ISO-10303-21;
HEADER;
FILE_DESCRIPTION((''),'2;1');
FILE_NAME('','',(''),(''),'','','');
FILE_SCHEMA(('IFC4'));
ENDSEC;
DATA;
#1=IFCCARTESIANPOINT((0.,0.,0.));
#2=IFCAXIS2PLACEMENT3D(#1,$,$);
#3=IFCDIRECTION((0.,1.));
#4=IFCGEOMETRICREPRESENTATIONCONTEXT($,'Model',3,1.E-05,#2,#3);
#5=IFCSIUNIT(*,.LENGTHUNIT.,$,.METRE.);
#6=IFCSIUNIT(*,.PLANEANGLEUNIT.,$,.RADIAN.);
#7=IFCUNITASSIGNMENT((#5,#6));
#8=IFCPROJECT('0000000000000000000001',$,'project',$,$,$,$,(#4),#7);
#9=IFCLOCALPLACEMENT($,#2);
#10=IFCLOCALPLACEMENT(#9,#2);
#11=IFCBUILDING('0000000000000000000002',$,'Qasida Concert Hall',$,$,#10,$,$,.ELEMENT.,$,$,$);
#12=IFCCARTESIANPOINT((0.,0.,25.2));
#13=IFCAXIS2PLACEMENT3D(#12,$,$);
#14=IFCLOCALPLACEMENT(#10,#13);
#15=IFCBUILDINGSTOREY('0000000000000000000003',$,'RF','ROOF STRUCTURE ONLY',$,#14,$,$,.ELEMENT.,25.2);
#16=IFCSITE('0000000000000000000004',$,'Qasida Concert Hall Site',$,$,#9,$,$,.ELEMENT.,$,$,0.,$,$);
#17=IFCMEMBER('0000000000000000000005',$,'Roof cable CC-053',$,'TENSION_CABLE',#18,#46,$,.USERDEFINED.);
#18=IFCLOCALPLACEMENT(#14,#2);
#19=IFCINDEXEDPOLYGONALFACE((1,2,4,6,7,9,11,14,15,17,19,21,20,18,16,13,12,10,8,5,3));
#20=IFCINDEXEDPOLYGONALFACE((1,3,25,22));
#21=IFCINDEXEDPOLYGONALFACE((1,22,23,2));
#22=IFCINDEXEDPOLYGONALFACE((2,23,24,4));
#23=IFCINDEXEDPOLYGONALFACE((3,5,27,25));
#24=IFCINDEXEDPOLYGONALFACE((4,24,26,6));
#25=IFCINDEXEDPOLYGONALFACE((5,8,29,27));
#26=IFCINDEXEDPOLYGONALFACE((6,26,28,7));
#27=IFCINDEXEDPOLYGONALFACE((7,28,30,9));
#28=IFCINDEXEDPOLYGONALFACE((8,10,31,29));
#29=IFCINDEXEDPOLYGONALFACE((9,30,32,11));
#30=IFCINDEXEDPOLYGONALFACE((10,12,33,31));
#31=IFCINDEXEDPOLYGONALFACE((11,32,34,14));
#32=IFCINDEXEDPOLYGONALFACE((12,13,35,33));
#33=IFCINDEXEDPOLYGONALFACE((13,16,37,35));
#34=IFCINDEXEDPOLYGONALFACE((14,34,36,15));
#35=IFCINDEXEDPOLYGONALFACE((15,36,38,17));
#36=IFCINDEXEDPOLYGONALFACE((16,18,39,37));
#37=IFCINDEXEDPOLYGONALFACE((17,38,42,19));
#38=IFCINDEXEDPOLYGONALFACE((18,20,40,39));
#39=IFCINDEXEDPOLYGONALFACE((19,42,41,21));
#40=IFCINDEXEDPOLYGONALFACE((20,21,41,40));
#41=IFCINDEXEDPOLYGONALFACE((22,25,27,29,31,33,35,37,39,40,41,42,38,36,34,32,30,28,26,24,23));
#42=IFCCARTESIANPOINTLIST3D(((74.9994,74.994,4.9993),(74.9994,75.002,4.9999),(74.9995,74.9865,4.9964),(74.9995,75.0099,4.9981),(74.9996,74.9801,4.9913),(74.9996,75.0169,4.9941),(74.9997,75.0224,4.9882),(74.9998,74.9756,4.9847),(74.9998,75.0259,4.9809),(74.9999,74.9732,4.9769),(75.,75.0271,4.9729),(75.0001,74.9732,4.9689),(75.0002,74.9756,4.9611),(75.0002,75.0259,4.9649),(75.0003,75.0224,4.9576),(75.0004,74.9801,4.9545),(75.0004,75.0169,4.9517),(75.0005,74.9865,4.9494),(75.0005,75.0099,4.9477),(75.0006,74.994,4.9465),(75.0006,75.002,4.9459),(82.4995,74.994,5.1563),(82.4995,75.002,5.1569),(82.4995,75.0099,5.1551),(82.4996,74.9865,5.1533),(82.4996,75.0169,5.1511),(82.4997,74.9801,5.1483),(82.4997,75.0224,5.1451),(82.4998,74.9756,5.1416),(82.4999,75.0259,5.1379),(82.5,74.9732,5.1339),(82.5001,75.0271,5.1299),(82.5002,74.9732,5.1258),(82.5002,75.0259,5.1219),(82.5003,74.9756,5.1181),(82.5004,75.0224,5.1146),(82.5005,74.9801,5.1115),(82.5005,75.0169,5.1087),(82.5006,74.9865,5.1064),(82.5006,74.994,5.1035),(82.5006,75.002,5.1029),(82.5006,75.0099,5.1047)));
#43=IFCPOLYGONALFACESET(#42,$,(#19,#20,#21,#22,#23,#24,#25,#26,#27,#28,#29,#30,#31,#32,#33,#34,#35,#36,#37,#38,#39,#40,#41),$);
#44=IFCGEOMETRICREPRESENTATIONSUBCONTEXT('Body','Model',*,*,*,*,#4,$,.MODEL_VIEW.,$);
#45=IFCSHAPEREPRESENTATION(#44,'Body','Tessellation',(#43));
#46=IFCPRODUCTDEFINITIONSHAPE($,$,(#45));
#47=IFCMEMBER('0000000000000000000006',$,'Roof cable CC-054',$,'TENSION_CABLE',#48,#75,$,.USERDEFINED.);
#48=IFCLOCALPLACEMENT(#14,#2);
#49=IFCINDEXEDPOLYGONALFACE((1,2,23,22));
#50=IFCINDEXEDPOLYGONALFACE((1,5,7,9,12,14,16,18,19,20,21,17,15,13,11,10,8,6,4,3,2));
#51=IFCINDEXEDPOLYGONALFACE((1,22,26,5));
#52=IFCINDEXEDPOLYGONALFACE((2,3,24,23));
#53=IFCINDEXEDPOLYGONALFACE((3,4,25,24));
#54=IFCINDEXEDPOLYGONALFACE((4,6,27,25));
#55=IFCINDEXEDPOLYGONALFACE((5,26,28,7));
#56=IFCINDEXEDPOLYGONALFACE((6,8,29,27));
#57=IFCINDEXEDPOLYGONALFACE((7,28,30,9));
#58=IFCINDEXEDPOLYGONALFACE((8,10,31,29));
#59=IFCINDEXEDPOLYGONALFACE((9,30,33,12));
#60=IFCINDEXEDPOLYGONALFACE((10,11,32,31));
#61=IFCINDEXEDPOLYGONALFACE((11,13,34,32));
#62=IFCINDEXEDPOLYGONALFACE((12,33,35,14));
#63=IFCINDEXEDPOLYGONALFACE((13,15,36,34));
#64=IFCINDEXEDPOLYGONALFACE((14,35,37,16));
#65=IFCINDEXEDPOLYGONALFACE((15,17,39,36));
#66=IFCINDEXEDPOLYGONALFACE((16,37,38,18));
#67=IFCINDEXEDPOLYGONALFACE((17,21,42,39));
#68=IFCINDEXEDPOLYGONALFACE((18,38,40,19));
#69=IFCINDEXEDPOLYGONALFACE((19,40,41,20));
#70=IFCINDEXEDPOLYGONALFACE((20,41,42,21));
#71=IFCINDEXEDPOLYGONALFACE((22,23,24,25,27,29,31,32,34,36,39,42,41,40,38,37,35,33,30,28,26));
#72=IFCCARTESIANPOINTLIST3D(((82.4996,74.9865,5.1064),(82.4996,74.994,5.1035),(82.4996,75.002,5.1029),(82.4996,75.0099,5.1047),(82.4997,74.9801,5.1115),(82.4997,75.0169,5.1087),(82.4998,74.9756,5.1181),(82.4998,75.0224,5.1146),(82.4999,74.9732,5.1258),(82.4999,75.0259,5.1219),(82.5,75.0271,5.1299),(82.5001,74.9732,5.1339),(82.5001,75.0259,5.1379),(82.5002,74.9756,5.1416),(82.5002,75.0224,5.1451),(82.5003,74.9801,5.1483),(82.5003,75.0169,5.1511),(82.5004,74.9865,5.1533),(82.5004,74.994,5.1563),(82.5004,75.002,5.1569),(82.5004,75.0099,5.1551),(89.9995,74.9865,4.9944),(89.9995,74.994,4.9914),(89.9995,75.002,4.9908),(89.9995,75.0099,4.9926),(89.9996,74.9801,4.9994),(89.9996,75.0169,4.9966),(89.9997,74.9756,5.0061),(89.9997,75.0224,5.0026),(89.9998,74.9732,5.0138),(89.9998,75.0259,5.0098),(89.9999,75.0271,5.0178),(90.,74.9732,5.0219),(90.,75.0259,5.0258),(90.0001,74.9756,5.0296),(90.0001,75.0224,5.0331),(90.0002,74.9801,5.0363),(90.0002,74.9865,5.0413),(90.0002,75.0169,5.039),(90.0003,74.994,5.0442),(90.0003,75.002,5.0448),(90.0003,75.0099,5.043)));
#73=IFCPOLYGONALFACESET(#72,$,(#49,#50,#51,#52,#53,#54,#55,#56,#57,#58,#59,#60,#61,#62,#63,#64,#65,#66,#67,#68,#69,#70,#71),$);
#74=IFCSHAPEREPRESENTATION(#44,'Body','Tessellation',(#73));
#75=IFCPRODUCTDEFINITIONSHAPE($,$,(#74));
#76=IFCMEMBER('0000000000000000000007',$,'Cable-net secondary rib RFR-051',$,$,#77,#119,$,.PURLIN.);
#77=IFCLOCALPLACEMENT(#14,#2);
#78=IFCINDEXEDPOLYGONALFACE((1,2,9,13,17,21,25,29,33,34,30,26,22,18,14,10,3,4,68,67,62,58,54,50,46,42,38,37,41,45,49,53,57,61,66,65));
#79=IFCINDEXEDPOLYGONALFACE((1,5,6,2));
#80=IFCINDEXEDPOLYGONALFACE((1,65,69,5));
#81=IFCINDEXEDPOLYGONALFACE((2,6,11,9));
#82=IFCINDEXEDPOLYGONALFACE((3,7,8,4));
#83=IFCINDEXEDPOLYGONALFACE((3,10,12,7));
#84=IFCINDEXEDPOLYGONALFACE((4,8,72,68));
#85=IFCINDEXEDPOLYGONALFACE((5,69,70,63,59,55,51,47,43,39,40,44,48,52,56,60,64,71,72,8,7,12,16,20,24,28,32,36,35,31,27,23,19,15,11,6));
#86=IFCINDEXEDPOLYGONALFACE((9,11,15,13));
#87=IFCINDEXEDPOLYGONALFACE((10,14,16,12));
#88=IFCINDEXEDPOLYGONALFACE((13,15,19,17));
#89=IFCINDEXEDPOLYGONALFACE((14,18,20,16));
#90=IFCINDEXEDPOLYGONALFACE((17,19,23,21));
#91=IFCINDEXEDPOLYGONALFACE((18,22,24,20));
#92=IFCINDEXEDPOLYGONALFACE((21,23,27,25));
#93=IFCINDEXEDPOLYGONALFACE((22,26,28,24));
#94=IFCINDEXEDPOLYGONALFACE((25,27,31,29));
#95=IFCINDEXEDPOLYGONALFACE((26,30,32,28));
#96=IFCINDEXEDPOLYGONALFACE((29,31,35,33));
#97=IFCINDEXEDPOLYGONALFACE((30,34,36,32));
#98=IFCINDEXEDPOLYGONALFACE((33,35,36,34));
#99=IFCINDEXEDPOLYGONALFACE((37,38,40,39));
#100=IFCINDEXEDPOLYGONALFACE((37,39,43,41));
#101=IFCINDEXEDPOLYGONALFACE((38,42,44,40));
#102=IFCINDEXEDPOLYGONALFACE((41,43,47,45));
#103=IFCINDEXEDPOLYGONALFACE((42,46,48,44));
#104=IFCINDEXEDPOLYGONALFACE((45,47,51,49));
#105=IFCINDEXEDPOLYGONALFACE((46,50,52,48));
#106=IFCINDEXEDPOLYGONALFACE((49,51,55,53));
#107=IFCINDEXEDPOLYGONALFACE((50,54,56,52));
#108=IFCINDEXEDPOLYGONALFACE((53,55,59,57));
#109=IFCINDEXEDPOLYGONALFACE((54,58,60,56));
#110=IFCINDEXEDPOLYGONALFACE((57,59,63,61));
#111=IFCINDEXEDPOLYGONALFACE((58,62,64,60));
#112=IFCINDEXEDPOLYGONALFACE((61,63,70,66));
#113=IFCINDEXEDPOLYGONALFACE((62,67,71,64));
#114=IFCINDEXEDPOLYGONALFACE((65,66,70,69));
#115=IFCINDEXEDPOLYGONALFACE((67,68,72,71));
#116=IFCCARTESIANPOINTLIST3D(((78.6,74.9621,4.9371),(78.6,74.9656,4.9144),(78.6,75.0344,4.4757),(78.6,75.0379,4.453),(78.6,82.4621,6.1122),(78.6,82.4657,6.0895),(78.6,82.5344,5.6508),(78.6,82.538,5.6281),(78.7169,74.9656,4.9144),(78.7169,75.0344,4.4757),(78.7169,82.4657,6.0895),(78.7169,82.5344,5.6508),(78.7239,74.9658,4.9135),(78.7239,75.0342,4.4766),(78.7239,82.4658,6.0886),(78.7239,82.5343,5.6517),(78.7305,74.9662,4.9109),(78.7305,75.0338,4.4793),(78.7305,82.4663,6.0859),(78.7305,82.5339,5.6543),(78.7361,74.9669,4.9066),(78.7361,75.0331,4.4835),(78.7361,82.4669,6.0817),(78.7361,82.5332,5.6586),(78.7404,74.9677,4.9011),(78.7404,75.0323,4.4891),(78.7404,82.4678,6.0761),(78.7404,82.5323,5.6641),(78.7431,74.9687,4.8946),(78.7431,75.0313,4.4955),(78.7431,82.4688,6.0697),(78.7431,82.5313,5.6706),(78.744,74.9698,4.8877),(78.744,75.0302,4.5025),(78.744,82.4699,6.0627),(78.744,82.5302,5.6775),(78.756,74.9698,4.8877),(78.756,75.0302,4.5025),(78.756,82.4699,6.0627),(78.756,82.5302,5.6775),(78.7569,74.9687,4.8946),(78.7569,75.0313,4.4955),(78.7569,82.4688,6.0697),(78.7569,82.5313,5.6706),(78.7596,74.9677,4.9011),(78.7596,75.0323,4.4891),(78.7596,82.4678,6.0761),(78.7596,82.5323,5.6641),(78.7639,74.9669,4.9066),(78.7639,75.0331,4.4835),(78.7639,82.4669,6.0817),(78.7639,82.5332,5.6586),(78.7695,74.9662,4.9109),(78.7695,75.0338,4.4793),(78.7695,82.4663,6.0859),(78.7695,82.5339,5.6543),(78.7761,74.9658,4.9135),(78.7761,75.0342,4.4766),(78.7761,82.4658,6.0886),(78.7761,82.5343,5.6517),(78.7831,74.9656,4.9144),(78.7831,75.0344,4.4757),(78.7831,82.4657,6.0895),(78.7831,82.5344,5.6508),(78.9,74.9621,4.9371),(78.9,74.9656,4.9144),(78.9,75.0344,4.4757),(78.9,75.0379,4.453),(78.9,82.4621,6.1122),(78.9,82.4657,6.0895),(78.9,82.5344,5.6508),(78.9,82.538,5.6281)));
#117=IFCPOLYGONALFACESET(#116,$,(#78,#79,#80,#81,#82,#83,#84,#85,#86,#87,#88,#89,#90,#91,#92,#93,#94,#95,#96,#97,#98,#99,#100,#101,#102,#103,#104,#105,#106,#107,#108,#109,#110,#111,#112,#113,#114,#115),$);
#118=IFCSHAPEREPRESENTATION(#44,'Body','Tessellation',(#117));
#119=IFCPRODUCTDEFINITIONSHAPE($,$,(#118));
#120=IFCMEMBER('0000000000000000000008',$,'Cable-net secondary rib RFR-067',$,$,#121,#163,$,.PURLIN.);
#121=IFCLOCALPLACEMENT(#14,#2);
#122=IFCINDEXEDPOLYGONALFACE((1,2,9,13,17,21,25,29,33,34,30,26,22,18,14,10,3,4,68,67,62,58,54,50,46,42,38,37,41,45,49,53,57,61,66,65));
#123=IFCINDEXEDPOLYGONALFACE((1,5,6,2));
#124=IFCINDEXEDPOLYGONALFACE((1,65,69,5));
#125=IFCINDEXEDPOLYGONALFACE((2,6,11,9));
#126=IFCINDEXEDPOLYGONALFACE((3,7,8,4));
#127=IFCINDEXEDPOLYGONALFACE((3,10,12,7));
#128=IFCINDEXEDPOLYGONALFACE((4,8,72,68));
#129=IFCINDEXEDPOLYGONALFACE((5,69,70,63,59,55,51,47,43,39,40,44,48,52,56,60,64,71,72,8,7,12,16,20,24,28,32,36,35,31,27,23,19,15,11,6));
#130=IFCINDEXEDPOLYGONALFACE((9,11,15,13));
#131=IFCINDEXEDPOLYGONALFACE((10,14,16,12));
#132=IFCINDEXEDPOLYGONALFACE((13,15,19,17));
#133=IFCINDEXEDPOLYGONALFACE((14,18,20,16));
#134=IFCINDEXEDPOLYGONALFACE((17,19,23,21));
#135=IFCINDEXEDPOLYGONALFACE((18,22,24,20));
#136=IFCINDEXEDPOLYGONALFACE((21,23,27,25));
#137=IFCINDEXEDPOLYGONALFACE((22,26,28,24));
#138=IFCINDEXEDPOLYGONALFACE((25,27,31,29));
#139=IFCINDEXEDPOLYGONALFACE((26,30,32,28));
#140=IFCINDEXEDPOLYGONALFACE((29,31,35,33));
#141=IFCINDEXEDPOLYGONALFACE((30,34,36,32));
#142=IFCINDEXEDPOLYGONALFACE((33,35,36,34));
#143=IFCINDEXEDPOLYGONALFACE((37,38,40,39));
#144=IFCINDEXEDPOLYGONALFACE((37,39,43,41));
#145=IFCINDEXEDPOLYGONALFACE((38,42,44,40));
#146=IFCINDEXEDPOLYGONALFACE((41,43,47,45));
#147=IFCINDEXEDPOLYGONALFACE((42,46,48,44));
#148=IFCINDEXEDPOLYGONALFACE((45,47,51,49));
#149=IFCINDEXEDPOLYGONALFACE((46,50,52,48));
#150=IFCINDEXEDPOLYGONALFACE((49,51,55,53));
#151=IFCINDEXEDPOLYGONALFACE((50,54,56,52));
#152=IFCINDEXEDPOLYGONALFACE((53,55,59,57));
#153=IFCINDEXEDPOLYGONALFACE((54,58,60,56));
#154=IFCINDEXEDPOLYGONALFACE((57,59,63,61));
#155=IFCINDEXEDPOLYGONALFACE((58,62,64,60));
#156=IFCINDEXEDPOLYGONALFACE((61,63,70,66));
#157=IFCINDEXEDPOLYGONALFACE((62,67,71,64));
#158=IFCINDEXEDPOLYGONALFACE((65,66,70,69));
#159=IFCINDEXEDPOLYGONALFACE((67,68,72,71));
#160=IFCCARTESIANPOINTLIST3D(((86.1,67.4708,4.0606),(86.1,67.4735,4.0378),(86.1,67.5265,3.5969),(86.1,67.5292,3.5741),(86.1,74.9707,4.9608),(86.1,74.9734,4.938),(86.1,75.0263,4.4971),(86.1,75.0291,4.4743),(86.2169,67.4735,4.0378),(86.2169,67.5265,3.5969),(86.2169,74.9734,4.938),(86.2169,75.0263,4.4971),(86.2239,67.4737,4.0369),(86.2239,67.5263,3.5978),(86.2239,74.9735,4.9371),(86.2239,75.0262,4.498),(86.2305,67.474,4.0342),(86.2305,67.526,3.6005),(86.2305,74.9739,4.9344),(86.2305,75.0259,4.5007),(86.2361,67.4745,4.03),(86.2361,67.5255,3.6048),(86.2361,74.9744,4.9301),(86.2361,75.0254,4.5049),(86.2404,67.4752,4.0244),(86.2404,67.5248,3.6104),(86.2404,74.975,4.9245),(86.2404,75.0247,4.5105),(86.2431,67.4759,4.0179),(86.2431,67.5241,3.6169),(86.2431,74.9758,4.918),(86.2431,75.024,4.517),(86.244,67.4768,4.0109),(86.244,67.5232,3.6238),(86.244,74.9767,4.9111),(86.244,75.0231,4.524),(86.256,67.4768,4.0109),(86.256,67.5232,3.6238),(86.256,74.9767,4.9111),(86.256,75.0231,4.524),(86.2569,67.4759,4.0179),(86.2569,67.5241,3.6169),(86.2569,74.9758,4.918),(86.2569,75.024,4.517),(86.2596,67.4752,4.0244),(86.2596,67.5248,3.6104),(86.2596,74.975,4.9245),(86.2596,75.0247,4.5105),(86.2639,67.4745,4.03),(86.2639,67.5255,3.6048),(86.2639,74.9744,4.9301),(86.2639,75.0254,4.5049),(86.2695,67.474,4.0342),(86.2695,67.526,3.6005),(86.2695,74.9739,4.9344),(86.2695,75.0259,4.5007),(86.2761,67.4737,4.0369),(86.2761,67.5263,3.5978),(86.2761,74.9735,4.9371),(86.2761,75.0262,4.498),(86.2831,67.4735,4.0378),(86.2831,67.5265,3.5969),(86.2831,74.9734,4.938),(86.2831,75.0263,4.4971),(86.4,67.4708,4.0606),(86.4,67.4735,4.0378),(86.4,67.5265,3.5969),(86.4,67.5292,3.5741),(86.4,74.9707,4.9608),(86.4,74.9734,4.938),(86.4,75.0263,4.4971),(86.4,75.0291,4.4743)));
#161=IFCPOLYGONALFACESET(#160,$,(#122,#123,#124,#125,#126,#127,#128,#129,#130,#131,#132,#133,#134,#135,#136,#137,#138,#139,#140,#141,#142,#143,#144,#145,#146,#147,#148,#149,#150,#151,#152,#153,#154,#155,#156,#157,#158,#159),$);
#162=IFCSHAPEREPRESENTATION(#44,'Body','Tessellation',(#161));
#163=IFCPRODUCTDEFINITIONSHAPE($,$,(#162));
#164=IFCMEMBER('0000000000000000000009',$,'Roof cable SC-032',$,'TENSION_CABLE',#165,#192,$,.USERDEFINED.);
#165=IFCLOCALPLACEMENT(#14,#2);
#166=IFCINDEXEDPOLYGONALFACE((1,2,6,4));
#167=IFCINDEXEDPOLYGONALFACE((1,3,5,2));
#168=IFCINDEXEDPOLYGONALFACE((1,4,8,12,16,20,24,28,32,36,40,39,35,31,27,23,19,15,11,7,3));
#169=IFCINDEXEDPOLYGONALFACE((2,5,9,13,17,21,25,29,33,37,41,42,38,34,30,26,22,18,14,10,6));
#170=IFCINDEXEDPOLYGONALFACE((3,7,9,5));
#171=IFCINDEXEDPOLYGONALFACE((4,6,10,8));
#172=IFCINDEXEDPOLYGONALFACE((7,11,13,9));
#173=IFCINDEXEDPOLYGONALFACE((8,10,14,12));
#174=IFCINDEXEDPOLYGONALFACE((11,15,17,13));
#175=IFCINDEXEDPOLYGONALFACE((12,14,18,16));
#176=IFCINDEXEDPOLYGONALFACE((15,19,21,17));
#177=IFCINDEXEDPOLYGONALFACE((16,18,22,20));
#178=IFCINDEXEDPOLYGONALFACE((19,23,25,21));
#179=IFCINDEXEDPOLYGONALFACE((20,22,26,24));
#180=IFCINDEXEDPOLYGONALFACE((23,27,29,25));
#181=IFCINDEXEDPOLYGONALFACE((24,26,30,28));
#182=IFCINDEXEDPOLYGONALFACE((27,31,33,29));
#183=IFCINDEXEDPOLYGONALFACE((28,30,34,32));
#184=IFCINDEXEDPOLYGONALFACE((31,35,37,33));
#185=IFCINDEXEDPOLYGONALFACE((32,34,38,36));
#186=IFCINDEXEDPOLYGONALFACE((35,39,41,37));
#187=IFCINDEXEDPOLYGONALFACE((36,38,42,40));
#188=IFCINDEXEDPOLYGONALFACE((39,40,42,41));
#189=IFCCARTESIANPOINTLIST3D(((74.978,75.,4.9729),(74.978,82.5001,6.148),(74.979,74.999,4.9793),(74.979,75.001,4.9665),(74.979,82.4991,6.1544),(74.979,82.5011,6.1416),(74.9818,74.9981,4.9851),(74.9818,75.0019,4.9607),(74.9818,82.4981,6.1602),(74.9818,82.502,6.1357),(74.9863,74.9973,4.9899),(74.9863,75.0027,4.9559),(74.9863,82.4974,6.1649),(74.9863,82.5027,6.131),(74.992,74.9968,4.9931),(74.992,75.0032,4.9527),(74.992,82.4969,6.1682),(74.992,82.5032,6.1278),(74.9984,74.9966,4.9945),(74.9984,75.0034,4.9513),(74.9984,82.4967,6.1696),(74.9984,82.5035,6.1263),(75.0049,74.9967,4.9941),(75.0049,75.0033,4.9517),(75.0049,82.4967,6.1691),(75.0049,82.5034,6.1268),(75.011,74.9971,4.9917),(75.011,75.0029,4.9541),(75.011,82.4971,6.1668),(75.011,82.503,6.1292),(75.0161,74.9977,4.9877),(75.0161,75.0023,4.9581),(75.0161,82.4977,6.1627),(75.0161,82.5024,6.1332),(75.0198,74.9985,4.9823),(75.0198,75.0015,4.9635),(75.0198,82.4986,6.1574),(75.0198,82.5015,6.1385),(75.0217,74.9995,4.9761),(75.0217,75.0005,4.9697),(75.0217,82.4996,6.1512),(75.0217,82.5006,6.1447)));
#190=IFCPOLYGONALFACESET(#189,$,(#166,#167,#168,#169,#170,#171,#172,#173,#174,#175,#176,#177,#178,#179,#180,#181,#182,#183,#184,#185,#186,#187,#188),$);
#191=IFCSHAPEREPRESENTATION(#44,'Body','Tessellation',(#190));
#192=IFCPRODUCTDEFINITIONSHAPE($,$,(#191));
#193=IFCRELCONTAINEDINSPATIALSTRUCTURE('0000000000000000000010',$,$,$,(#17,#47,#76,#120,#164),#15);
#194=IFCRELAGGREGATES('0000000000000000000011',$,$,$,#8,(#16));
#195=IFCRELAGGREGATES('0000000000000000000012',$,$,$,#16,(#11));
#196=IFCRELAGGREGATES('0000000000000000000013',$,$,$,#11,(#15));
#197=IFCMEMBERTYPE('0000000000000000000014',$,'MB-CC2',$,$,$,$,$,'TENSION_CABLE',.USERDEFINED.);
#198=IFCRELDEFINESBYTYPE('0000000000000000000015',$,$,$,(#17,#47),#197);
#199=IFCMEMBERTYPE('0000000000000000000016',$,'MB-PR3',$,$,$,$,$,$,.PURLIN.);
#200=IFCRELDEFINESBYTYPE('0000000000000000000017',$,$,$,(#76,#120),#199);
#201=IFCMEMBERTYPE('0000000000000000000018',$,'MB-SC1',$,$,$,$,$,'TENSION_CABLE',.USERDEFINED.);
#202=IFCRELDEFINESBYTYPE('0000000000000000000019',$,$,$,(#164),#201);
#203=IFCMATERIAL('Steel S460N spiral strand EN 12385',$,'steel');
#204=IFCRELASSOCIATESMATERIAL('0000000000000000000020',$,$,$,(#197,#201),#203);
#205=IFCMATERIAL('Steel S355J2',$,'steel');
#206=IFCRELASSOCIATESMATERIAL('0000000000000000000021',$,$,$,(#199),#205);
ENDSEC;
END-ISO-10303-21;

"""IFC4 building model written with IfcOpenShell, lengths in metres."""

from ifc_helpers import new_model, si_unit, direction, frame, origin, origin_2d, place, context, subcontext, project, spatial, circle, i_section, extrude, material, material_profile, profile_set, type_object, element, save


model = new_model("IFC4")

# Units and contexts
model_context = context("Model", 3, precision=1e-05, world=origin(), true_north=direction((0.0, 1.0)))
body_context = subcontext(model_context, "Body", "Model", "MODEL_VIEW")
ifc_project = project(units=[si_unit("LENGTHUNIT", "METRE"), si_unit("PLANEANGLEUNIT", "RADIAN")], contexts=[model_context])

# Site, building, storey
site_placement = place(None, origin())
site = spatial("IfcSite", under=ifc_project, at=site_placement, Name="Qasida Concert Hall Site", CompositionType="ELEMENT", RefElevation=0.0)
building_placement = place(site_placement, origin())
building = spatial("IfcBuilding", under=site, at=building_placement, Name="Qasida Concert Hall", CompositionType="ELEMENT")
storey_placement = place(building_placement, frame((0.0, 0.0, 25.2)))
storey = spatial("IfcBuildingStorey", under=building, at=storey_placement, Name="RF", Description="ROOF STRUCTURE ONLY", CompositionType="ELEMENT", Elevation=25.2)

# Members
ifc_material_1 = material(Name="Steel S460N spiral strand EN 12385", Category="steel")
ifc_material_profile_1 = material_profile(ifc_material_1, circle(Radius=0.0271, at=origin_2d()), Name="STRAND D54")
ifc_profile_set_1 = profile_set([ifc_material_profile_1], Name="Steel S460N spiral strand EN 12385")
member_type_1 = type_object("IfcMemberType", Name="MB-CC2", ElementType="TENSION_CABLE", PredefinedType="USERDEFINED", material=ifc_profile_set_1)
member_1_placement = place(storey_placement, frame((75.0, 75.0, 4.9729), z_axis=(0.999781, 0.0, 0.020926), x_axis=(0.0, 1.0, 0.0)))
element("IfcMember", 1, at=member_1_placement, inside=storey, type_object=member_type_1, Name="Roof cable CC-053", ObjectType="TENSION_CABLE", PredefinedType="USERDEFINED", context=body_context, shape_type="SweptSolid", body=[
    extrude(circle(Radius=0.0271, at=origin_2d()), origin(), (0.0, 0.0, 1.0), 7.5017),
])
member_2_placement = place(storey_placement, frame((82.5, 75.0, 5.1299), z_axis=(0.999888, 0.0, -0.01494), x_axis=(0.0, 1.0, 0.0)))
element("IfcMember", 2, at=member_2_placement, inside=storey, type_object=member_type_1, Name="Roof cable CC-054", ObjectType="TENSION_CABLE", PredefinedType="USERDEFINED", context=body_context, shape_type="SweptSolid", body=[
    extrude(circle(Radius=0.0271, at=origin_2d()), origin(), (0.0, 0.0, 1.0), 7.5007),
])
ifc_material_2 = material(Name="Steel S355J2", Category="steel")
ifc_material_profile_2 = material_profile(ifc_material_2, i_section(OverallWidth=0.3, OverallDepth=0.49, WebThickness=0.012, FlangeThickness=0.0229, FilletRadius=0.0271, at=origin_2d()), Name="HEA 500")
ifc_profile_set_2 = profile_set([ifc_material_profile_2], Name="Steel S355J2")
member_type_2 = type_object("IfcMemberType", Name="MB-PR3", PredefinedType="PURLIN", material=ifc_profile_set_2)
member_3_placement = place(storey_placement, frame((78.75, 75.0, 4.6951), z_axis=(0.0, 0.987948, 0.154785), x_axis=(-1.0, 0.0, 0.0)))
element("IfcMember", 3, at=member_3_placement, inside=storey, type_object=member_type_2, Name="Cable-net secondary rib RFR-051", PredefinedType="PURLIN", context=body_context, shape_type="SweptSolid", body=[
    extrude(i_section(OverallWidth=0.3, OverallDepth=0.49, WebThickness=0.012, FlangeThickness=0.0229, FilletRadius=0.0271, at=origin_2d()), origin(), (0.0, 0.0, 1.0), 7.5916),
])
member_4_placement = place(storey_placement, frame((86.25, 67.5, 3.8174), z_axis=(0.0, 0.992875, 0.119164), x_axis=(-1.0, 0.0, 0.0)))
element("IfcMember", 4, at=member_4_placement, inside=storey, type_object=member_type_2, Name="Cable-net secondary rib RFR-067", PredefinedType="PURLIN", context=body_context, shape_type="SweptSolid", body=[
    extrude(i_section(OverallWidth=0.3, OverallDepth=0.49, WebThickness=0.012, FlangeThickness=0.0229, FilletRadius=0.0271, at=origin_2d()), origin(), (0.0, 0.0, 1.0), 7.5537),
])
ifc_material_profile_3 = material_profile(ifc_material_1, circle(Radius=0.022, at=origin_2d()), Name="STRAND D44")
ifc_profile_set_3 = profile_set([ifc_material_profile_3], Name="Steel S460N spiral strand EN 12385")
member_type_3 = type_object("IfcMemberType", Name="MB-SC1", ElementType="TENSION_CABLE", PredefinedType="USERDEFINED", material=ifc_profile_set_3)
for number, where, z_axis, x_axis, name in (
    (5, (75.0, 75.0, 4.9729), (0.0, 0.987948, 0.154785), (-1.0, 0.0, 0.0), "Roof cable SC-032"),
):
    element("IfcMember", number, at=place(storey_placement, frame(where, z_axis=z_axis, x_axis=x_axis)), inside=storey, type_object=member_type_3, Name=name, ObjectType="TENSION_CABLE", PredefinedType="USERDEFINED", context=body_context, shape_type="SweptSolid", body=[
        extrude(circle(Radius=0.022, at=origin_2d()), origin(), (0.0, 0.0, 1.0), 7.5916),
    ])

save(model, "model.ifc")
